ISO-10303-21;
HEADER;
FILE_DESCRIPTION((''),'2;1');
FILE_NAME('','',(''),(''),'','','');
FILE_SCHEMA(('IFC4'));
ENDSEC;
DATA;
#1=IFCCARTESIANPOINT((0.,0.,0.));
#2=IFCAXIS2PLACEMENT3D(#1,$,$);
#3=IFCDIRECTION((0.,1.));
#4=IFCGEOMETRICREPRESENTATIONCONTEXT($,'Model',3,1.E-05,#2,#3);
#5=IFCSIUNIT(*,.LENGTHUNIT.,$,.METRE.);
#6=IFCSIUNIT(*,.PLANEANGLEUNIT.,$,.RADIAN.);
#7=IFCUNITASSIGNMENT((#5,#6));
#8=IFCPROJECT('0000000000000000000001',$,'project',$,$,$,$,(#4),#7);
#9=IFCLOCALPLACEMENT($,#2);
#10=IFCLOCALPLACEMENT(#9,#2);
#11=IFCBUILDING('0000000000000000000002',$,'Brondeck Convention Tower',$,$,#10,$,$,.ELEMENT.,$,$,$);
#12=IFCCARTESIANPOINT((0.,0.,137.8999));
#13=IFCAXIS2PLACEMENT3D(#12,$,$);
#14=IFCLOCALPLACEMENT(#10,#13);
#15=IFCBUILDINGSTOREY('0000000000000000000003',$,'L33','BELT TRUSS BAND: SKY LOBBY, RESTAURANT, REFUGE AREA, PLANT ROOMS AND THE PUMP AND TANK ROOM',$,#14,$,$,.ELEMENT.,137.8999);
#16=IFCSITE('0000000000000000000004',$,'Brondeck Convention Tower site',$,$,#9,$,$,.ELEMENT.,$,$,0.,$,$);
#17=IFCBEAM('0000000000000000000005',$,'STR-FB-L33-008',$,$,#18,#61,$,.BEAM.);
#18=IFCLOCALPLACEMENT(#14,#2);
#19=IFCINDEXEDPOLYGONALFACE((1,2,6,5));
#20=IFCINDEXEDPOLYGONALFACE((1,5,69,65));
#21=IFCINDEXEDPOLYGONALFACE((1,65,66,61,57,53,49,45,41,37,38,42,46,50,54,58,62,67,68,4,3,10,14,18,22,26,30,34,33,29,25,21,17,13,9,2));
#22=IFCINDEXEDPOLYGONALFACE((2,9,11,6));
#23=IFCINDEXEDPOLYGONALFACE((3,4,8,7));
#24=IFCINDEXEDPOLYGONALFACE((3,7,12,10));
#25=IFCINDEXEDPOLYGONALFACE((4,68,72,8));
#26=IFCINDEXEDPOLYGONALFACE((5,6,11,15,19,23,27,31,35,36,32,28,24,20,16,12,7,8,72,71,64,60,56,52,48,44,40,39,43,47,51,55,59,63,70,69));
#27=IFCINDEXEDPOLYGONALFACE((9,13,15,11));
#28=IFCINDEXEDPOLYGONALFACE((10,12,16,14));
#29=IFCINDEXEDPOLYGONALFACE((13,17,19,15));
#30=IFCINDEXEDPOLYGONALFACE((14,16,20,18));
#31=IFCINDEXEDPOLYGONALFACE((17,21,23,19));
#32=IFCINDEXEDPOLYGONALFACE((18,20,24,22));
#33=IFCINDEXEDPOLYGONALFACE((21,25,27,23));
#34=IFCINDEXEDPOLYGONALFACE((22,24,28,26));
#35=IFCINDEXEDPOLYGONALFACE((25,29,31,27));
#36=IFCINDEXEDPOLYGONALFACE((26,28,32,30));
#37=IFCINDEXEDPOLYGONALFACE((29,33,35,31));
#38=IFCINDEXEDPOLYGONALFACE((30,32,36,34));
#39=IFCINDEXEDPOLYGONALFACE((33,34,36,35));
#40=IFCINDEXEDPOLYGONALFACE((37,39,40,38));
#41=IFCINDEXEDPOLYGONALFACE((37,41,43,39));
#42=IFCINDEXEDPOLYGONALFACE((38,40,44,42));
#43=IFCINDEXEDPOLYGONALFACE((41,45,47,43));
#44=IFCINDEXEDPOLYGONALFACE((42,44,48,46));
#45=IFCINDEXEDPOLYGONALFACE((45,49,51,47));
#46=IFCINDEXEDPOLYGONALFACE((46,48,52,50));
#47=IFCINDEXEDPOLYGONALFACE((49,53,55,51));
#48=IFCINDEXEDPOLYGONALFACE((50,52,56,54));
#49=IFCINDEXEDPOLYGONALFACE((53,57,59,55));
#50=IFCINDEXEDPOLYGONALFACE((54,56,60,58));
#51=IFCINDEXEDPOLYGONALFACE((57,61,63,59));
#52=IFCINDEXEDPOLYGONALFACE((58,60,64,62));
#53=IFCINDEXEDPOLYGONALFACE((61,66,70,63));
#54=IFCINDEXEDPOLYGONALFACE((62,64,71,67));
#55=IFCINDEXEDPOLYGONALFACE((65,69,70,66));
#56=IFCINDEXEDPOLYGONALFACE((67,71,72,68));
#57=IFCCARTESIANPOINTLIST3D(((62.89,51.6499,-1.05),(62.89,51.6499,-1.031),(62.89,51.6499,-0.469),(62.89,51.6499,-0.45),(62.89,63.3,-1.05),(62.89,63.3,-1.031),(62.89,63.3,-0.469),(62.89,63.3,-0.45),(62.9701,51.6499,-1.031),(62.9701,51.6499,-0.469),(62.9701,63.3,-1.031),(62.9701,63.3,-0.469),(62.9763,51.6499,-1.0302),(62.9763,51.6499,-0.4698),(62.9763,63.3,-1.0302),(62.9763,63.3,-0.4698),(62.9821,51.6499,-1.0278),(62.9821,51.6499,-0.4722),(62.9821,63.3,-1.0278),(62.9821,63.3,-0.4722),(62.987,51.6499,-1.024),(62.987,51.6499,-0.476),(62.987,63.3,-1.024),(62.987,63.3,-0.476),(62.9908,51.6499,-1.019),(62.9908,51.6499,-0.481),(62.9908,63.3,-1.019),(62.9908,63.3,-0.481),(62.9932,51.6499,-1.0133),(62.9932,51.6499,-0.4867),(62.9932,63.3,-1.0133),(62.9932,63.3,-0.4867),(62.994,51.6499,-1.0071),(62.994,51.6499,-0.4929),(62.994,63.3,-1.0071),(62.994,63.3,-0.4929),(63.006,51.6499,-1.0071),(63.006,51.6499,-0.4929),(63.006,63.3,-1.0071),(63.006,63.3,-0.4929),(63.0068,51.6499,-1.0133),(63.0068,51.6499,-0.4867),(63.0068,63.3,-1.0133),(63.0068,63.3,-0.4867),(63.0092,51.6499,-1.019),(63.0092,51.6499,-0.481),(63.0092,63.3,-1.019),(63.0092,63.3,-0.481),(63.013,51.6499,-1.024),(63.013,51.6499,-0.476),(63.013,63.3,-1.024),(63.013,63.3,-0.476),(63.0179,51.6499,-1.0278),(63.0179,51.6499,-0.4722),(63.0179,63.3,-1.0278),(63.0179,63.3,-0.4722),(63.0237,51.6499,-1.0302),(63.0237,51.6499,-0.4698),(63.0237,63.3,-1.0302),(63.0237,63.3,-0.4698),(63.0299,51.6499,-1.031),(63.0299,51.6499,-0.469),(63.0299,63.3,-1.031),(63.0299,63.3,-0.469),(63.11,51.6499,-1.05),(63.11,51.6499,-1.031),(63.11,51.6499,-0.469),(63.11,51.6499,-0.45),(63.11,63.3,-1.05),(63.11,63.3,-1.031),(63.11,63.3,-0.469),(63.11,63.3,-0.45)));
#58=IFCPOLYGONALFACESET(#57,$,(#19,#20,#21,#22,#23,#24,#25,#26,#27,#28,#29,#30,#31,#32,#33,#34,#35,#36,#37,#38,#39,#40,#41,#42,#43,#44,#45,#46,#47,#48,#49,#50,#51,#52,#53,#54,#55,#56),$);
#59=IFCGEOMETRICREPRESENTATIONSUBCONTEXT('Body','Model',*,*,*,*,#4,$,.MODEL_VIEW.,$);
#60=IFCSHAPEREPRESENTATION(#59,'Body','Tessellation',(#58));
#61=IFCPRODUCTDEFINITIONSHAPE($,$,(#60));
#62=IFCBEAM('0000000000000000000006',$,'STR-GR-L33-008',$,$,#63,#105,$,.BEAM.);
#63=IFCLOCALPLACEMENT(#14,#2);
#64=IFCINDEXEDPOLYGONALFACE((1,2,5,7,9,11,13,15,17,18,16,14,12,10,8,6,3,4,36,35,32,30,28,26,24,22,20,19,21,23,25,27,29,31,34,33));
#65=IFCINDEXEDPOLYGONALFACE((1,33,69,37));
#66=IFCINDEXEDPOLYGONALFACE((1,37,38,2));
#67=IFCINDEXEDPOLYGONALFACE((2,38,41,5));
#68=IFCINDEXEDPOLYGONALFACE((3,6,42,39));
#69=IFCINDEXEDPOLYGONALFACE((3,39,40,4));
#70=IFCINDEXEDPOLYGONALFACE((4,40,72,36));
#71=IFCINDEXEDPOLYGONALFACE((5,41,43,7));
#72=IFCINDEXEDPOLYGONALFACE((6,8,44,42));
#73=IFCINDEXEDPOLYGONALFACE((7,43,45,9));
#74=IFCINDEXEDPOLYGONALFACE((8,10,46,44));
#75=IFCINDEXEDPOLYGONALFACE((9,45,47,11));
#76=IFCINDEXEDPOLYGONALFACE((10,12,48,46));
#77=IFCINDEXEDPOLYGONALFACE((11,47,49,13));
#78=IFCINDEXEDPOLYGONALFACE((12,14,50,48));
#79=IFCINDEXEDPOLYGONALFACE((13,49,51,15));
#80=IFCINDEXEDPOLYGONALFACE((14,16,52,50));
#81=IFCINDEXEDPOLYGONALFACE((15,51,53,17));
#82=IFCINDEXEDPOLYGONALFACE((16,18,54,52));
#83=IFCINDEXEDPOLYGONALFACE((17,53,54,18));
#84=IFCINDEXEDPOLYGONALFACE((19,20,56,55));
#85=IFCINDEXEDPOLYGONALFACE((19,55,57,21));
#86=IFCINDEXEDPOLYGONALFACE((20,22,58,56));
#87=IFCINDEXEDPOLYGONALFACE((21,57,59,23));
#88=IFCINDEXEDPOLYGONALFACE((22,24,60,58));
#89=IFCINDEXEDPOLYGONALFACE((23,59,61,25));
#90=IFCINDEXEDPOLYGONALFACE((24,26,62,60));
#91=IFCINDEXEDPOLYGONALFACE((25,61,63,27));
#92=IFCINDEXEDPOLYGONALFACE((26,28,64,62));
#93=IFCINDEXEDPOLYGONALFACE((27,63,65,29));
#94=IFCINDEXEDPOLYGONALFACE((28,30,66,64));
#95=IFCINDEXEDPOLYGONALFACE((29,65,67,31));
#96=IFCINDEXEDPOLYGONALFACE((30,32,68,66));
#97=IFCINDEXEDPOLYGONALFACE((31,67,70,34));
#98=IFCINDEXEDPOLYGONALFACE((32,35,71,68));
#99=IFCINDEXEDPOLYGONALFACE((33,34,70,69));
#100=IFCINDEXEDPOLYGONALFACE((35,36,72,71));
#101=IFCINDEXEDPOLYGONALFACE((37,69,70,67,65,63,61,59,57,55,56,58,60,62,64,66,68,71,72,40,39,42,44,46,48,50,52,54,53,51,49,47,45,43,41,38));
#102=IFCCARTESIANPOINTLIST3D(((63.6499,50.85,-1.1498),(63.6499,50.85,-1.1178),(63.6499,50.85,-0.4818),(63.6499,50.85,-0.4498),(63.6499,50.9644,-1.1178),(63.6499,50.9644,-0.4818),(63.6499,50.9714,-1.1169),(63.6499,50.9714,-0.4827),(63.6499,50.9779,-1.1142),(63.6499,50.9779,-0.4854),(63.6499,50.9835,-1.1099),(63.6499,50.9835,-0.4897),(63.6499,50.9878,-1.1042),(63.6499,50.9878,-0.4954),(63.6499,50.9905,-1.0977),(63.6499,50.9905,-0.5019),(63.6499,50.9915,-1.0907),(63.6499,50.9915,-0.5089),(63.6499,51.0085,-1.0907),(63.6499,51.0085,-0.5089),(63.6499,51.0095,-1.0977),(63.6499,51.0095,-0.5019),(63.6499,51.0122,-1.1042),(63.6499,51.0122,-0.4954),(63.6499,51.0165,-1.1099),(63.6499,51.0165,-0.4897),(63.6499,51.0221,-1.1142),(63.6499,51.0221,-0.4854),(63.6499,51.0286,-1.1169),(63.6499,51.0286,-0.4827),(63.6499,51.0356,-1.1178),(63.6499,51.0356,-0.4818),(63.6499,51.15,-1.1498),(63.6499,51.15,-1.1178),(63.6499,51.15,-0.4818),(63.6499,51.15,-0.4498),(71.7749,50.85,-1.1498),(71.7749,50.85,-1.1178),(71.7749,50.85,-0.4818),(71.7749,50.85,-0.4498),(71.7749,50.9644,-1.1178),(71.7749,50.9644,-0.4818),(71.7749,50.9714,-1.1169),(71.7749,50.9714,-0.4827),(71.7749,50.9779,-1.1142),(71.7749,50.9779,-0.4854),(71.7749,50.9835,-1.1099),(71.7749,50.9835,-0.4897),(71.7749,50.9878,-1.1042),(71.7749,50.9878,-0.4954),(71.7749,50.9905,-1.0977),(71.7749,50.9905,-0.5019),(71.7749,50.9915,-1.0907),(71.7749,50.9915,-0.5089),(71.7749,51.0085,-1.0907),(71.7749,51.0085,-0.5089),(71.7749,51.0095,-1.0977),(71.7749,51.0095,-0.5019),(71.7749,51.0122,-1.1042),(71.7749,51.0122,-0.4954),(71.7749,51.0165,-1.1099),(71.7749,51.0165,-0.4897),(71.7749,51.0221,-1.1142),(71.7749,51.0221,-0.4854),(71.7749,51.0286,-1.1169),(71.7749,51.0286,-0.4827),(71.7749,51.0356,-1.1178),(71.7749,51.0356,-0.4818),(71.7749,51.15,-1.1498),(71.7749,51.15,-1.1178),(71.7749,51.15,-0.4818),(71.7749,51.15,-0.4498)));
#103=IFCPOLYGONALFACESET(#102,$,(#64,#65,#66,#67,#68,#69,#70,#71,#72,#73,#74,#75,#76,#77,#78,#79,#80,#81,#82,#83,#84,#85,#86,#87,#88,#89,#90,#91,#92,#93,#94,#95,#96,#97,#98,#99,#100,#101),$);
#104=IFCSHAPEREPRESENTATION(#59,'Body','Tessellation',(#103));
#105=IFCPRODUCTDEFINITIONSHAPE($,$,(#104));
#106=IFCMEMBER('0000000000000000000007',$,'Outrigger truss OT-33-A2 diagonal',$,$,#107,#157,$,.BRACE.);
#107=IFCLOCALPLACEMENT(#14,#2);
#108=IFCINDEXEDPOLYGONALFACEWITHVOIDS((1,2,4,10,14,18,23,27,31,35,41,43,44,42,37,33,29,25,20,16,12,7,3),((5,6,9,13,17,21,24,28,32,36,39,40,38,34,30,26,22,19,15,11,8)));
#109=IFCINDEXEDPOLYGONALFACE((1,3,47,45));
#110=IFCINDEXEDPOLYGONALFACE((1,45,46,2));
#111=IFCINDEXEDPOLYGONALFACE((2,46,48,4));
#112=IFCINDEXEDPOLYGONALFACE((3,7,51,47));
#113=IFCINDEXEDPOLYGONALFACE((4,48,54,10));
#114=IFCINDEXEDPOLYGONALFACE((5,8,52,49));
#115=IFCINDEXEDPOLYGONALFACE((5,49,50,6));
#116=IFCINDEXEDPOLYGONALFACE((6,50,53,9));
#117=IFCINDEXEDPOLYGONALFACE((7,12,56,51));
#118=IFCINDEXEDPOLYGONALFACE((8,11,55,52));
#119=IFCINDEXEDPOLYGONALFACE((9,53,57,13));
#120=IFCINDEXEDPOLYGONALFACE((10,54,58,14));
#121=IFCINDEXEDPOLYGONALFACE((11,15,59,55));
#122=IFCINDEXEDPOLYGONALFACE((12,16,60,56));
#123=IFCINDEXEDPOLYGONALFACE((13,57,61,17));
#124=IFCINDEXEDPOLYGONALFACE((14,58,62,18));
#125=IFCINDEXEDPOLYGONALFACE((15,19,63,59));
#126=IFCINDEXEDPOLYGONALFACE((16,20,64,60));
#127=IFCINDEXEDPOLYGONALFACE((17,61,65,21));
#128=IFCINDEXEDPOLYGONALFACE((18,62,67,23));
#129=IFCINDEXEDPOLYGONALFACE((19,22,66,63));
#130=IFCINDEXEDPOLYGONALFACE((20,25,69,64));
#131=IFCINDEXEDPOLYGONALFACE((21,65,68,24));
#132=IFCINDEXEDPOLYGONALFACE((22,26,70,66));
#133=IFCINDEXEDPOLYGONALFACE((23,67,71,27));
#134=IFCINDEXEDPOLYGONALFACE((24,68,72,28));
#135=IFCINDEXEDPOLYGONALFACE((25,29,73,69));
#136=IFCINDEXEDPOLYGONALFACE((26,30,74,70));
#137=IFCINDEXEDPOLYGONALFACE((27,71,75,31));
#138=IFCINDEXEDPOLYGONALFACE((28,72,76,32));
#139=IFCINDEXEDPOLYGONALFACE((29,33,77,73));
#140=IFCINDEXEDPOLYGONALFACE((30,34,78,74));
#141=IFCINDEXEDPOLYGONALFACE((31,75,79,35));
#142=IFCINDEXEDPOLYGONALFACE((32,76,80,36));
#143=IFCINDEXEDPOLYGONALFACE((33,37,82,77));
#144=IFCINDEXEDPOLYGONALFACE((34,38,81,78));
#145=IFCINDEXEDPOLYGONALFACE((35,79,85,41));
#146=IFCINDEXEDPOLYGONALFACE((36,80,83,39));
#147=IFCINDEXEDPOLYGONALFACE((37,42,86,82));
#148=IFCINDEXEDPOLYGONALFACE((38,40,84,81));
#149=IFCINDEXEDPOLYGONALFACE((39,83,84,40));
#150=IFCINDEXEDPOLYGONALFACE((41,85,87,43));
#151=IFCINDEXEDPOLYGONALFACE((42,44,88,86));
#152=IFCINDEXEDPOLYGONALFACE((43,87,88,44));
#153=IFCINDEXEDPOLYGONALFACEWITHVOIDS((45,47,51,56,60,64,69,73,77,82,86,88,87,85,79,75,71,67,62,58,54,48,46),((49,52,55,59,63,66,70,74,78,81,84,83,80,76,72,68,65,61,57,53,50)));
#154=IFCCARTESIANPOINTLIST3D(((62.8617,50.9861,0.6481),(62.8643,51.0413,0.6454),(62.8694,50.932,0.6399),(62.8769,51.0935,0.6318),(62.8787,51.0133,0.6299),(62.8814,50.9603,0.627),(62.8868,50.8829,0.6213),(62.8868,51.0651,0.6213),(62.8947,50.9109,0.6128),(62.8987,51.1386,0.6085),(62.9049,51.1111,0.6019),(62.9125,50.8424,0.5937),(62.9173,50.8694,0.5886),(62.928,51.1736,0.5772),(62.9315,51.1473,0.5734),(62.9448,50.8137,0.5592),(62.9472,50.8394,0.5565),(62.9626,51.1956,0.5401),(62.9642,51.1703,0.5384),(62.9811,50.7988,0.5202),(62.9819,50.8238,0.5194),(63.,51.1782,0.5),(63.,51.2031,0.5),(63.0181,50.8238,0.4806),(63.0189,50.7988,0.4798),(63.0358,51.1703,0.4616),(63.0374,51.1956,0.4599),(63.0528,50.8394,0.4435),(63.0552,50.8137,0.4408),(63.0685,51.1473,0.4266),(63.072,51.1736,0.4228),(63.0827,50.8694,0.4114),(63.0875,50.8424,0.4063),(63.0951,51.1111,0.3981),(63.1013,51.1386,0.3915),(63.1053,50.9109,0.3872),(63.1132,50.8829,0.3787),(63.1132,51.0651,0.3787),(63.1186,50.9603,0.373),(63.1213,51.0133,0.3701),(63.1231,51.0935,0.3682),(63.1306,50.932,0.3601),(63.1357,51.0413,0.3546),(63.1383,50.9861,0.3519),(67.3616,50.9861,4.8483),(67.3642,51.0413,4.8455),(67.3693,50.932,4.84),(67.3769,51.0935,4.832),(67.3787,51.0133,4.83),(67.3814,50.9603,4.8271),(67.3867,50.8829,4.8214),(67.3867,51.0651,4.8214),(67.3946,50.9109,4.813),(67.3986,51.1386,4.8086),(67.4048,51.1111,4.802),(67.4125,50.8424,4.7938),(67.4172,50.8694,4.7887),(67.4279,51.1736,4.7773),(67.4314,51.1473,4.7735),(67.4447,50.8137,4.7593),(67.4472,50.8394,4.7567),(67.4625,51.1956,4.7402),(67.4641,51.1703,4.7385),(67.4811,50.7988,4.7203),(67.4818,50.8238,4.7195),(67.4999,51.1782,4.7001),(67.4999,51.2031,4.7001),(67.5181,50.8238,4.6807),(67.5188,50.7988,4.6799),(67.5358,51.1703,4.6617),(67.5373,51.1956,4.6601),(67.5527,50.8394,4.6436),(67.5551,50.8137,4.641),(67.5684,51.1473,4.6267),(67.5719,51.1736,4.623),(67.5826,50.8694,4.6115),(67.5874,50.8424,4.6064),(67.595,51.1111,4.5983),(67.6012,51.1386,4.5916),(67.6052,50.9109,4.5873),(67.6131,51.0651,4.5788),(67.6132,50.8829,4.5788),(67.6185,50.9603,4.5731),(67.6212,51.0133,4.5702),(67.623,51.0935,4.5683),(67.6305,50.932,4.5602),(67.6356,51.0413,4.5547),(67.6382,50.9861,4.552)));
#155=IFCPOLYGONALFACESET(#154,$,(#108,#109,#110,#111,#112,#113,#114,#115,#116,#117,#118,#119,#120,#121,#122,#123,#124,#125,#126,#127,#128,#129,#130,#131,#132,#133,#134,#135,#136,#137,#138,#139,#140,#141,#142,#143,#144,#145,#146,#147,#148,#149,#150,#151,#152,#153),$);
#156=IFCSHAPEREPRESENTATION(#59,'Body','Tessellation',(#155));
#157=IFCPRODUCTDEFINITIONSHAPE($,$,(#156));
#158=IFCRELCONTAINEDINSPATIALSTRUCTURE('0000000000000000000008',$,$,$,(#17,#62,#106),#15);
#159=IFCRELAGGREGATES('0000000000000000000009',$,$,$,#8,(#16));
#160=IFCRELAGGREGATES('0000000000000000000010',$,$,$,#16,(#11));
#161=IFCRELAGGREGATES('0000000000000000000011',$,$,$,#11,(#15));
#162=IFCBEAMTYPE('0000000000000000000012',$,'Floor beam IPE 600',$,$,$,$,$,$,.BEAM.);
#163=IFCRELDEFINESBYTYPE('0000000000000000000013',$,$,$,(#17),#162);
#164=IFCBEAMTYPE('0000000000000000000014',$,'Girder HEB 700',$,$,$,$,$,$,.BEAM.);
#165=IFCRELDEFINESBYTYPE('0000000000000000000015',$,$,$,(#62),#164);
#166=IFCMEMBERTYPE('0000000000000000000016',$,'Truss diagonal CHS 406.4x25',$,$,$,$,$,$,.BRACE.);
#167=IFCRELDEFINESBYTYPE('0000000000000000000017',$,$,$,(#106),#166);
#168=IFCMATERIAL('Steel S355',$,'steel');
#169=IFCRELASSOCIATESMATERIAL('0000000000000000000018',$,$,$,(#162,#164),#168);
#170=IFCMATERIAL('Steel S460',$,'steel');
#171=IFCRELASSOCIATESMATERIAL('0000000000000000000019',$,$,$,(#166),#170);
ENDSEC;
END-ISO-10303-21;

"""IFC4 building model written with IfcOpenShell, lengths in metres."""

from ifc_helpers import new_model, si_unit, direction, frame, origin, origin_2d, place, context, subcontext, project, spatial, hollow_circle, i_section, extrude, material, material_profile, profile_set, type_object, element, save


model = new_model("IFC4")

# Units and contexts
model_context = context("Model", 3, precision=1e-05, world=origin(), true_north=direction((0.0, 1.0)))
body_context = subcontext(model_context, "Body", "Model", "MODEL_VIEW")
ifc_project = project(units=[si_unit("LENGTHUNIT", "METRE"), si_unit("PLANEANGLEUNIT", "RADIAN")], contexts=[model_context])

# Site, building, storey
site_placement = place(None, origin())
site = spatial("IfcSite", under=ifc_project, at=site_placement, Name="Brondeck Convention Tower site", CompositionType="ELEMENT", RefElevation=0.0)
building_placement = place(site_placement, origin())
building = spatial("IfcBuilding", under=site, at=building_placement, Name="Brondeck Convention Tower", CompositionType="ELEMENT")
storey_placement = place(building_placement, frame((0.0, 0.0, 137.8999)))
storey = spatial("IfcBuildingStorey", under=building, at=storey_placement, Name="L33", Description="BELT TRUSS BAND: SKY LOBBY, RESTAURANT, REFUGE AREA, PLANT ROOMS AND THE PUMP AND TANK ROOM", CompositionType="ELEMENT", Elevation=137.8999)

# Beams
ifc_material_1 = material(Name="Steel S355", Category="steel")
ifc_material_profile_1 = material_profile(ifc_material_1, i_section(OverallWidth=0.22, OverallDepth=0.6001, WebThickness=0.012, FlangeThickness=0.019, FilletRadius=0.0239, at=origin_2d()), Name="IPE 600")
ifc_profile_set_1 = profile_set([ifc_material_profile_1], Name="Steel S355")
beam_type_1 = type_object("IfcBeamType", Name="Floor beam IPE 600", PredefinedType="BEAM", material=ifc_profile_set_1)
beam_1_placement = place(storey_placement, frame((63.0, 51.6499, -0.75), z_axis=(0.0, 1.0, 0.0), x_axis=(-1.0, 0.0, 0.0)))
element("IfcBeam", 1, at=beam_1_placement, inside=storey, type_object=beam_type_1, Name="STR-FB-L33-008", PredefinedType="BEAM", context=body_context, shape_type="SweptSolid", body=[
    extrude(i_section(OverallWidth=0.22, OverallDepth=0.6001, WebThickness=0.012, FlangeThickness=0.019, FilletRadius=0.0239, at=origin_2d()), origin(), (0.0, 0.0, 1.0), 11.6501),
])
ifc_material_profile_2 = material_profile(ifc_material_1, i_section(OverallWidth=0.3, OverallDepth=0.7, WebThickness=0.0171, FlangeThickness=0.032, FilletRadius=0.0271, at=origin_2d()), Name="HEB 700")
ifc_profile_set_2 = profile_set([ifc_material_profile_2], Name="Steel S355")
beam_type_2 = type_object("IfcBeamType", Name="Girder HEB 700", PredefinedType="BEAM", material=ifc_profile_set_2)
beam_2_placement = place(storey_placement, frame((63.6499, 51.0, -0.7998), z_axis=(1.0, 0.0, 0.0), x_axis=(0.0, 1.0, 0.0)))
element("IfcBeam", 2, at=beam_2_placement, inside=storey, type_object=beam_type_2, Name="STR-GR-L33-008", PredefinedType="BEAM", context=body_context, shape_type="SweptSolid", body=[
    extrude(i_section(OverallWidth=0.3, OverallDepth=0.7, WebThickness=0.0171, FlangeThickness=0.032, FilletRadius=0.0271, at=origin_2d()), origin(), (0.0, 0.0, 1.0), 8.125),
])

# Member
ifc_material_2 = material(Name="Steel S460", Category="steel")
ifc_material_profile_3 = material_profile(ifc_material_2, hollow_circle(Radius=0.2031, WallThickness=0.0249, at=origin_2d()), Name="CHS 406.4x25")
ifc_profile_set_3 = profile_set([ifc_material_profile_3], Name="Steel S460")
member_type_1 = type_object("IfcMemberType", Name="Truss diagonal CHS 406.4x25", PredefinedType="BRACE", material=ifc_profile_set_3)
for number, where, z_axis, x_axis, name in (
    (3, (63.0, 51.0, 0.5), (0.731039, 0.0, 0.682335), (0.0, 1.0, 0.0), "Outrigger truss OT-33-A2 diagonal"),
):
    element("IfcMember", number, at=place(storey_placement, frame(where, z_axis=z_axis, x_axis=x_axis)), inside=storey, type_object=member_type_1, Name=name, PredefinedType="BRACE", context=body_context, shape_type="SweptSolid", body=[
        extrude(hollow_circle(Radius=0.2031, WallThickness=0.0249, at=origin_2d()), origin(), (0.0, 0.0, 1.0), 6.1555),
    ])

save(model, "model.ifc")
